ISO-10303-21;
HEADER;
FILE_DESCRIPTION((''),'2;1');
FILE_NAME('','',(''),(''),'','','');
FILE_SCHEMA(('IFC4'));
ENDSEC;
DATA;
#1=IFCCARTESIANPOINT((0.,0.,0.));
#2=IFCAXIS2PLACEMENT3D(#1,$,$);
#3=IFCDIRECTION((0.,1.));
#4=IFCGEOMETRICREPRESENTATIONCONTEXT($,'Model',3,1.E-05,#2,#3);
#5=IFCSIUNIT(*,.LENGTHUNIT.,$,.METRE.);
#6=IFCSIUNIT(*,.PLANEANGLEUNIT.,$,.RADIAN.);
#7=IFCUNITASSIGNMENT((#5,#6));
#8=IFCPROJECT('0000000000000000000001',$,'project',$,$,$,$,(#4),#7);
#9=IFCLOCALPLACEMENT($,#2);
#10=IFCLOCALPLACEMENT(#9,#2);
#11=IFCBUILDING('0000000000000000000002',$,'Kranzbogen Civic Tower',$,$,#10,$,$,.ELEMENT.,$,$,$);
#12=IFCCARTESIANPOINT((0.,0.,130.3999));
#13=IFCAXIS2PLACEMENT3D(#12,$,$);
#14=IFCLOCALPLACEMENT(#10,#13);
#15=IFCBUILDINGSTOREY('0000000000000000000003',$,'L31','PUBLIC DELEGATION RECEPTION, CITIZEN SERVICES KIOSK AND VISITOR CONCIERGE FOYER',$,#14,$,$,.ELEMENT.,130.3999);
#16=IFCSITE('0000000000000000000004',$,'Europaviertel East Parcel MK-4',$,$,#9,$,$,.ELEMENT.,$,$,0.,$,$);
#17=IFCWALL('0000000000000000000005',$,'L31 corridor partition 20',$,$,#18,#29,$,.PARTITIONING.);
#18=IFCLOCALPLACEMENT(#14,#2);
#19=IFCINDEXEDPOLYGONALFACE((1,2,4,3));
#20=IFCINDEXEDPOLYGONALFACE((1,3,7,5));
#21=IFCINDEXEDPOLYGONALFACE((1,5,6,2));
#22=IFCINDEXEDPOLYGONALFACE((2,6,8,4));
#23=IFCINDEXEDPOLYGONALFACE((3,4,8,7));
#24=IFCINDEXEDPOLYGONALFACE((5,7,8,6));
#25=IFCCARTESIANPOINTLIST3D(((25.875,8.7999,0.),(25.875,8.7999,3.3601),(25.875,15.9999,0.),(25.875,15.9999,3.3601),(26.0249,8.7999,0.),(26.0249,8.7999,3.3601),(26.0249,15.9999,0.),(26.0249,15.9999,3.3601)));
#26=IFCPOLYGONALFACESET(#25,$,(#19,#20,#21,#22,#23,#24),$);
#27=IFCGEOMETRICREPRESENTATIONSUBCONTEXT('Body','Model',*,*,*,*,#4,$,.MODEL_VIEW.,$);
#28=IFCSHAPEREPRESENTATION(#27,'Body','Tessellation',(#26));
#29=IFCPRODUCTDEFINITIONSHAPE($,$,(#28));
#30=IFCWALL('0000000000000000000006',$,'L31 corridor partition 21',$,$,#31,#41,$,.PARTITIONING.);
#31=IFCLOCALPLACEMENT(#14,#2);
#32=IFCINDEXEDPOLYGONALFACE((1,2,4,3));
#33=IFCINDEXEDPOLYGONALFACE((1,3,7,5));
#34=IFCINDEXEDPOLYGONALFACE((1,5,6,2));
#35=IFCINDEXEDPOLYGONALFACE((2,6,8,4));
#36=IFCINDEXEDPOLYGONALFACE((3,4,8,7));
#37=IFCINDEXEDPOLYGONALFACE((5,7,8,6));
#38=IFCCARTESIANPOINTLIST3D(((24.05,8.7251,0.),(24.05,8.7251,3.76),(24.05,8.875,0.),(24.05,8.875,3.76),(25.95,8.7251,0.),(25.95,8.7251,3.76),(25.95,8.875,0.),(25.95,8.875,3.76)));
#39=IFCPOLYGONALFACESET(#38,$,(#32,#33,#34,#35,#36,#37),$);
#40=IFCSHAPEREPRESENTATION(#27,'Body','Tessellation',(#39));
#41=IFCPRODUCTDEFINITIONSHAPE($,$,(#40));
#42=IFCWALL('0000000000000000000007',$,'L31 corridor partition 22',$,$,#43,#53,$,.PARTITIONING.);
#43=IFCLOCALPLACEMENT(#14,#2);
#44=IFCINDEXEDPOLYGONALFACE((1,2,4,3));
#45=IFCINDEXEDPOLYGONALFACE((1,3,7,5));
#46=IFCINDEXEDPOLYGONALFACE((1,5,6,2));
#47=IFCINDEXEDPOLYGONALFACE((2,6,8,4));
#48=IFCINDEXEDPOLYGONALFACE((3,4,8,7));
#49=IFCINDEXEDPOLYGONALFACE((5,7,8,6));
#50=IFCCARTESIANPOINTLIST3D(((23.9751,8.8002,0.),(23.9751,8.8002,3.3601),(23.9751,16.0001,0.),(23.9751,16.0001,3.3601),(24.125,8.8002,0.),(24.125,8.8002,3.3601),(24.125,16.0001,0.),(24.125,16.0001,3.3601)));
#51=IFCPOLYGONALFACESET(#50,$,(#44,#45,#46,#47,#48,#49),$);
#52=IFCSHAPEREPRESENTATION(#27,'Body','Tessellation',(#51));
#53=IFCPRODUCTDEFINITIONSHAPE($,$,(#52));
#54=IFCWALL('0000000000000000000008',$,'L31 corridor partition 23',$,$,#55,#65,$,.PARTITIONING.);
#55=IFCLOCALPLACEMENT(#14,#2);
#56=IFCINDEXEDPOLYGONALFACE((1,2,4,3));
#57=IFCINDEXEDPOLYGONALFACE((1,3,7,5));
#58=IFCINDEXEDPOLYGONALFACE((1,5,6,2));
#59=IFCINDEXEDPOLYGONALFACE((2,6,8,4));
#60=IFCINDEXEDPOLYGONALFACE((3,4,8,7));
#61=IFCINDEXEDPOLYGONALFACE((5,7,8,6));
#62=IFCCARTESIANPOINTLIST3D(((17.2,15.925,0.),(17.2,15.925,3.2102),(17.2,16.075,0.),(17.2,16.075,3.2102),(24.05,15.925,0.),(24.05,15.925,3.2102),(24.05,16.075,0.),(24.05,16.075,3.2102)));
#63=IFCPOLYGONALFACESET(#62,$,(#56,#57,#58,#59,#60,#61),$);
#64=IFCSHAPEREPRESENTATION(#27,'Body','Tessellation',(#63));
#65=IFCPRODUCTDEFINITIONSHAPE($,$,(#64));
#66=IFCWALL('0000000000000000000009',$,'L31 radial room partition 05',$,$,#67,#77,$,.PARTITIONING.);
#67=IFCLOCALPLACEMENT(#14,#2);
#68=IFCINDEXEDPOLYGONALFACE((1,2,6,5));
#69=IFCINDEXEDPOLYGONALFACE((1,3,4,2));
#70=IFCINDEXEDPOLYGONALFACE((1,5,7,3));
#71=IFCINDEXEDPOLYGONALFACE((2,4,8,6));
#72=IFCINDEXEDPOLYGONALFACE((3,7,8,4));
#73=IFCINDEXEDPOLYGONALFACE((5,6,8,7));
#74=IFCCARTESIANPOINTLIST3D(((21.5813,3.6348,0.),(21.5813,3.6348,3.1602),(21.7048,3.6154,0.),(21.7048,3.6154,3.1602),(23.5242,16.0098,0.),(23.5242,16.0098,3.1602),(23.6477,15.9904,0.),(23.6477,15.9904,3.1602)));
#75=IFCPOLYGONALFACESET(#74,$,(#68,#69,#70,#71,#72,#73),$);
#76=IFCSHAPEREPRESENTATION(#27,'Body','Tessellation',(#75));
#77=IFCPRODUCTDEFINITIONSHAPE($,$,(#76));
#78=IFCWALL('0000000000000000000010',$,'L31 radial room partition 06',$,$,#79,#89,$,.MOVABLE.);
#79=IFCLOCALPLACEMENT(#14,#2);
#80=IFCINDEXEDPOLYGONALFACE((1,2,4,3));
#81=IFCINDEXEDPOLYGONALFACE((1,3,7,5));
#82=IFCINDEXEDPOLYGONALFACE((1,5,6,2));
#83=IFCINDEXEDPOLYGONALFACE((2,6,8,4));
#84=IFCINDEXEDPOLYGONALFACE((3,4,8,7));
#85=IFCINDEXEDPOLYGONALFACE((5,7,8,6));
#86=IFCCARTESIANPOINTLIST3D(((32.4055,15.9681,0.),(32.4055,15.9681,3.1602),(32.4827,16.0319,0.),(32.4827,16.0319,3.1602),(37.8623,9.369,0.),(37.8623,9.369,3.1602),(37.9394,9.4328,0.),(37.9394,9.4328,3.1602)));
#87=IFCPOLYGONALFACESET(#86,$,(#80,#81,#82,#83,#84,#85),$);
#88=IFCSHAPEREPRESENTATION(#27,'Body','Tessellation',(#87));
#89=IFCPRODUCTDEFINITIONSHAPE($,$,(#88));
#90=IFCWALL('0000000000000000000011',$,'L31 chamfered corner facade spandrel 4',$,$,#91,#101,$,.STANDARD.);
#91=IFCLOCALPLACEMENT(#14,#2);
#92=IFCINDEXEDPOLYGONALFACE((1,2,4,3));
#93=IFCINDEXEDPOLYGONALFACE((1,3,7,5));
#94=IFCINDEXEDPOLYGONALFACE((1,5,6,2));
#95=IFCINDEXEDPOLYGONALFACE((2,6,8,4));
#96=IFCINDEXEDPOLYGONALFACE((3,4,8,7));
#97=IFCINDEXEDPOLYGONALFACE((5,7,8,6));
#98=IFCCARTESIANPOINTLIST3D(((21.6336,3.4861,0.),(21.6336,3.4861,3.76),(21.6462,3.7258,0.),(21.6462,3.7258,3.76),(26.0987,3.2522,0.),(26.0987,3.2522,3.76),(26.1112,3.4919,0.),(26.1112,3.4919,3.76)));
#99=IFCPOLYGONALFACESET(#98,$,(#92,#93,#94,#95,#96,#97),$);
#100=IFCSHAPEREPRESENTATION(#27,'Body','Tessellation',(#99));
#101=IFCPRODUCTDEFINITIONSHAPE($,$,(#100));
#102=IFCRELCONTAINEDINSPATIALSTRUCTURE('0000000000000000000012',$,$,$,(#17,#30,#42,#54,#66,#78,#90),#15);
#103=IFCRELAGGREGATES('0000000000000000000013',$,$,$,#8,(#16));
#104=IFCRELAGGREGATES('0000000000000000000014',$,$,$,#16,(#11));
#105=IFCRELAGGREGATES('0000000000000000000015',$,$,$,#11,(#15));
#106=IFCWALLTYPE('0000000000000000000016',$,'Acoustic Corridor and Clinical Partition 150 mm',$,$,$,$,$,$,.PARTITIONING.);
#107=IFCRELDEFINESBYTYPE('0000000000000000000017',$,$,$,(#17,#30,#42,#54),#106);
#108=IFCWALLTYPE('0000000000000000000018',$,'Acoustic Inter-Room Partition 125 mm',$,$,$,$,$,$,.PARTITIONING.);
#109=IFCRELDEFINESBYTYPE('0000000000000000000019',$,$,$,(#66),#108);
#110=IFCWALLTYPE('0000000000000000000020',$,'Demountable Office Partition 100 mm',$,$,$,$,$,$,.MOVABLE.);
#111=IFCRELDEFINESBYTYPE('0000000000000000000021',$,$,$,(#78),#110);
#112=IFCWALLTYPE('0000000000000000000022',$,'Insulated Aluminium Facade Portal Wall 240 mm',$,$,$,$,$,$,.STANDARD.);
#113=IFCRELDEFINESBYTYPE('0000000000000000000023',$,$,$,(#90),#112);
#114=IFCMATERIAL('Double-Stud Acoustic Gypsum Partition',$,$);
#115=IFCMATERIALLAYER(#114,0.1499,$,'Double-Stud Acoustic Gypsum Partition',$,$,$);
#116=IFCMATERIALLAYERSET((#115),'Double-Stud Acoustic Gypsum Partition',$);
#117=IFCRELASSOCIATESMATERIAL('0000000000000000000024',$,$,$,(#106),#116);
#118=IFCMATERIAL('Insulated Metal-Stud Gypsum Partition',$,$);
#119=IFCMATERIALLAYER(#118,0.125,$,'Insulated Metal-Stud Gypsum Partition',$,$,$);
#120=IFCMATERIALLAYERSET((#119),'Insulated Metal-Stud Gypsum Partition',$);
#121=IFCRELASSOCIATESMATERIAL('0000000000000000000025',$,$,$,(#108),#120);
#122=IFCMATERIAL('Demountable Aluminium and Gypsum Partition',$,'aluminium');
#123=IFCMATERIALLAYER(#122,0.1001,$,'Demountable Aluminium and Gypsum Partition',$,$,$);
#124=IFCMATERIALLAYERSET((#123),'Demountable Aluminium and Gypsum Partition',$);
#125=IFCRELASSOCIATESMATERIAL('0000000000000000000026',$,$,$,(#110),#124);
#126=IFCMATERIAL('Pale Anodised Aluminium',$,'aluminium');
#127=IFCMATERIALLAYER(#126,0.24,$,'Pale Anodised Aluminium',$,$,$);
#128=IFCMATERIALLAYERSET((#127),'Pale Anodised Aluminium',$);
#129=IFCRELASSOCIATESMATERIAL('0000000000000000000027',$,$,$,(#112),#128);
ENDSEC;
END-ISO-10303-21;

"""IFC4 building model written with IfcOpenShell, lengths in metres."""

from ifc_helpers import new_model, si_unit, direction, frame, frame_2d, origin, place, context, subcontext, project, spatial, rectangle, extrude, material, layer, layer_set, type_object, element, save


model = new_model("IFC4")

# Units and contexts
model_context = context("Model", 3, precision=1e-05, world=origin(), true_north=direction((0.0, 1.0)))
body_context = subcontext(model_context, "Body", "Model", "MODEL_VIEW")
ifc_project = project(units=[si_unit("LENGTHUNIT", "METRE"), si_unit("PLANEANGLEUNIT", "RADIAN")], contexts=[model_context])

# Site, building, storey
site_placement = place(None, origin())
site = spatial("IfcSite", under=ifc_project, at=site_placement, Name="Europaviertel East Parcel MK-4", CompositionType="ELEMENT", RefElevation=0.0)
building_placement = place(site_placement, origin())
building = spatial("IfcBuilding", under=site, at=building_placement, Name="Kranzbogen Civic Tower", CompositionType="ELEMENT")
storey_placement = place(building_placement, frame((0.0, 0.0, 130.3999)))
storey = spatial("IfcBuildingStorey", under=building, at=storey_placement, Name="L31", Description="PUBLIC DELEGATION RECEPTION, CITIZEN SERVICES KIOSK AND VISITOR CONCIERGE FOYER", CompositionType="ELEMENT", Elevation=130.3999)

# Shared definitions
ifc_material_1 = material(Name="Pale Anodised Aluminium", Category="aluminium")

# Walls
ifc_material_2 = material(Name="Double-Stud Acoustic Gypsum Partition")
ifc_layer_1 = layer(ifc_material_2, 0.1499, Name="Double-Stud Acoustic Gypsum Partition")
ifc_layer_set_1 = layer_set([ifc_layer_1], Name="Double-Stud Acoustic Gypsum Partition")
wall_type_1 = type_object("IfcWallType", Name="Acoustic Corridor and Clinical Partition 150 mm", PredefinedType="PARTITIONING", material=ifc_layer_set_1)
wall_1_placement = place(storey_placement, frame((25.95, 16.0, 0.0), z_axis=(0.0, 0.0, 1.0), x_axis=(0.0, -1.0, 0.0)))
element("IfcWall", 1, at=wall_1_placement, inside=storey, type_object=wall_type_1, Name="L31 corridor partition 20", PredefinedType="PARTITIONING", context=body_context, shape_type="SweptSolid", body=[
    extrude(rectangle(XDim=7.2, YDim=0.1499, at=frame_2d((3.6001, 0.0))), origin(), (0.0, 0.0, 1.0), 3.3601),
])
wall_2_placement = place(storey_placement, frame((25.95, 8.8, 0.0), z_axis=(0.0, 0.0, 1.0), x_axis=(-1.0, 0.0, 0.0)))
element("IfcWall", 2, at=wall_2_placement, inside=storey, type_object=wall_type_1, Name="L31 corridor partition 21", PredefinedType="PARTITIONING", context=body_context, shape_type="SweptSolid", body=[
    extrude(rectangle(XDim=1.8999, YDim=0.1499, at=frame_2d((0.95, 0.0))), origin(), (0.0, 0.0, 1.0), 3.76),
])
wall_3_placement = place(storey_placement, frame((24.05, 8.8, 0.0), z_axis=(0.0, 0.0, 1.0), x_axis=(0.0, 1.0, 0.0)))
element("IfcWall", 3, at=wall_3_placement, inside=storey, type_object=wall_type_1, Name="L31 corridor partition 22", PredefinedType="PARTITIONING", context=body_context, shape_type="SweptSolid", body=[
    extrude(rectangle(XDim=7.2, YDim=0.1499, at=frame_2d((3.6001, 0.0))), origin(), (0.0, 0.0, 1.0), 3.3601),
])
wall_4_placement = place(storey_placement, frame((24.05, 16.0, 0.0), z_axis=(0.0, 0.0, 1.0), x_axis=(-1.0, 0.0, 0.0)))
element("IfcWall", 4, at=wall_4_placement, inside=storey, type_object=wall_type_1, Name="L31 corridor partition 23", PredefinedType="PARTITIONING", context=body_context, shape_type="SweptSolid", body=[
    extrude(rectangle(XDim=6.8501, YDim=0.1499, at=frame_2d((3.425, 0.0))), origin(), (0.0, 0.0, 1.0), 3.2102),
])
ifc_material_3 = material(Name="Insulated Metal-Stud Gypsum Partition")
ifc_layer_2 = layer(ifc_material_3, 0.125, Name="Insulated Metal-Stud Gypsum Partition")
ifc_layer_set_2 = layer_set([ifc_layer_2], Name="Insulated Metal-Stud Gypsum Partition")
wall_type_2 = type_object("IfcWallType", Name="Acoustic Inter-Room Partition 125 mm", PredefinedType="PARTITIONING", material=ifc_layer_set_2)
wall_5_placement = place(storey_placement, frame((23.5859, 16.0, 0.0), z_axis=(0.0, 0.0, 1.0), x_axis=(-0.1551, -0.987899, 0.0)))
element("IfcWall", 5, at=wall_5_placement, inside=storey, type_object=wall_type_2, Name="L31 radial room partition 05", PredefinedType="PARTITIONING", context=body_context, shape_type="SweptSolid", body=[
    extrude(rectangle(XDim=12.5266, YDim=0.125, at=frame_2d((6.2632, 0.0))), origin(), (0.0, 0.0, 1.0), 3.1602),
])
ifc_material_4 = material(Name="Demountable Aluminium and Gypsum Partition", Category="aluminium")
ifc_layer_3 = layer(ifc_material_4, 0.1001, Name="Demountable Aluminium and Gypsum Partition")
ifc_layer_set_3 = layer_set([ifc_layer_3], Name="Demountable Aluminium and Gypsum Partition")
wall_type_3 = type_object("IfcWallType", Name="Demountable Office Partition 100 mm", PredefinedType="MOVABLE", material=ifc_layer_set_3)
wall_6_placement = place(storey_placement, frame((32.4441, 16.0, 0.0), z_axis=(0.0, 0.0, 1.0), x_axis=(0.637252, -0.770656, 0.0)))
element("IfcWall", 6, at=wall_6_placement, inside=storey, type_object=wall_type_3, Name="L31 radial room partition 06", PredefinedType="MOVABLE", context=body_context, shape_type="SweptSolid", body=[
    extrude(rectangle(XDim=8.563, YDim=0.1001, at=frame_2d((4.2815, 0.0))), origin(), (0.0, 0.0, 1.0), 3.1602),
])
ifc_layer_4 = layer(ifc_material_1, 0.24, Name="Pale Anodised Aluminium")
ifc_layer_set_4 = layer_set([ifc_layer_4], Name="Pale Anodised Aluminium")
wall_type_4 = type_object("IfcWallType", Name="Insulated Aluminium Facade Portal Wall 240 mm", PredefinedType="STANDARD", material=ifc_layer_set_4)
wall_7_placement = place(storey_placement, frame((21.6399, 3.606, 0.0), z_axis=(0.0, 0.0, 1.0), x_axis=(0.998631, -0.052309, 0.0)))
element("IfcWall", 7, at=wall_7_placement, inside=storey, type_object=wall_type_4, Name="L31 chamfered corner facade spandrel 4", PredefinedType="STANDARD", context=body_context, shape_type="SweptSolid", body=[
    extrude(rectangle(XDim=4.4712, YDim=0.24, at=frame_2d((2.2356, 0.0))), origin(), (0.0, 0.0, 1.0), 3.76),
])

save(model, "model.ifc")
